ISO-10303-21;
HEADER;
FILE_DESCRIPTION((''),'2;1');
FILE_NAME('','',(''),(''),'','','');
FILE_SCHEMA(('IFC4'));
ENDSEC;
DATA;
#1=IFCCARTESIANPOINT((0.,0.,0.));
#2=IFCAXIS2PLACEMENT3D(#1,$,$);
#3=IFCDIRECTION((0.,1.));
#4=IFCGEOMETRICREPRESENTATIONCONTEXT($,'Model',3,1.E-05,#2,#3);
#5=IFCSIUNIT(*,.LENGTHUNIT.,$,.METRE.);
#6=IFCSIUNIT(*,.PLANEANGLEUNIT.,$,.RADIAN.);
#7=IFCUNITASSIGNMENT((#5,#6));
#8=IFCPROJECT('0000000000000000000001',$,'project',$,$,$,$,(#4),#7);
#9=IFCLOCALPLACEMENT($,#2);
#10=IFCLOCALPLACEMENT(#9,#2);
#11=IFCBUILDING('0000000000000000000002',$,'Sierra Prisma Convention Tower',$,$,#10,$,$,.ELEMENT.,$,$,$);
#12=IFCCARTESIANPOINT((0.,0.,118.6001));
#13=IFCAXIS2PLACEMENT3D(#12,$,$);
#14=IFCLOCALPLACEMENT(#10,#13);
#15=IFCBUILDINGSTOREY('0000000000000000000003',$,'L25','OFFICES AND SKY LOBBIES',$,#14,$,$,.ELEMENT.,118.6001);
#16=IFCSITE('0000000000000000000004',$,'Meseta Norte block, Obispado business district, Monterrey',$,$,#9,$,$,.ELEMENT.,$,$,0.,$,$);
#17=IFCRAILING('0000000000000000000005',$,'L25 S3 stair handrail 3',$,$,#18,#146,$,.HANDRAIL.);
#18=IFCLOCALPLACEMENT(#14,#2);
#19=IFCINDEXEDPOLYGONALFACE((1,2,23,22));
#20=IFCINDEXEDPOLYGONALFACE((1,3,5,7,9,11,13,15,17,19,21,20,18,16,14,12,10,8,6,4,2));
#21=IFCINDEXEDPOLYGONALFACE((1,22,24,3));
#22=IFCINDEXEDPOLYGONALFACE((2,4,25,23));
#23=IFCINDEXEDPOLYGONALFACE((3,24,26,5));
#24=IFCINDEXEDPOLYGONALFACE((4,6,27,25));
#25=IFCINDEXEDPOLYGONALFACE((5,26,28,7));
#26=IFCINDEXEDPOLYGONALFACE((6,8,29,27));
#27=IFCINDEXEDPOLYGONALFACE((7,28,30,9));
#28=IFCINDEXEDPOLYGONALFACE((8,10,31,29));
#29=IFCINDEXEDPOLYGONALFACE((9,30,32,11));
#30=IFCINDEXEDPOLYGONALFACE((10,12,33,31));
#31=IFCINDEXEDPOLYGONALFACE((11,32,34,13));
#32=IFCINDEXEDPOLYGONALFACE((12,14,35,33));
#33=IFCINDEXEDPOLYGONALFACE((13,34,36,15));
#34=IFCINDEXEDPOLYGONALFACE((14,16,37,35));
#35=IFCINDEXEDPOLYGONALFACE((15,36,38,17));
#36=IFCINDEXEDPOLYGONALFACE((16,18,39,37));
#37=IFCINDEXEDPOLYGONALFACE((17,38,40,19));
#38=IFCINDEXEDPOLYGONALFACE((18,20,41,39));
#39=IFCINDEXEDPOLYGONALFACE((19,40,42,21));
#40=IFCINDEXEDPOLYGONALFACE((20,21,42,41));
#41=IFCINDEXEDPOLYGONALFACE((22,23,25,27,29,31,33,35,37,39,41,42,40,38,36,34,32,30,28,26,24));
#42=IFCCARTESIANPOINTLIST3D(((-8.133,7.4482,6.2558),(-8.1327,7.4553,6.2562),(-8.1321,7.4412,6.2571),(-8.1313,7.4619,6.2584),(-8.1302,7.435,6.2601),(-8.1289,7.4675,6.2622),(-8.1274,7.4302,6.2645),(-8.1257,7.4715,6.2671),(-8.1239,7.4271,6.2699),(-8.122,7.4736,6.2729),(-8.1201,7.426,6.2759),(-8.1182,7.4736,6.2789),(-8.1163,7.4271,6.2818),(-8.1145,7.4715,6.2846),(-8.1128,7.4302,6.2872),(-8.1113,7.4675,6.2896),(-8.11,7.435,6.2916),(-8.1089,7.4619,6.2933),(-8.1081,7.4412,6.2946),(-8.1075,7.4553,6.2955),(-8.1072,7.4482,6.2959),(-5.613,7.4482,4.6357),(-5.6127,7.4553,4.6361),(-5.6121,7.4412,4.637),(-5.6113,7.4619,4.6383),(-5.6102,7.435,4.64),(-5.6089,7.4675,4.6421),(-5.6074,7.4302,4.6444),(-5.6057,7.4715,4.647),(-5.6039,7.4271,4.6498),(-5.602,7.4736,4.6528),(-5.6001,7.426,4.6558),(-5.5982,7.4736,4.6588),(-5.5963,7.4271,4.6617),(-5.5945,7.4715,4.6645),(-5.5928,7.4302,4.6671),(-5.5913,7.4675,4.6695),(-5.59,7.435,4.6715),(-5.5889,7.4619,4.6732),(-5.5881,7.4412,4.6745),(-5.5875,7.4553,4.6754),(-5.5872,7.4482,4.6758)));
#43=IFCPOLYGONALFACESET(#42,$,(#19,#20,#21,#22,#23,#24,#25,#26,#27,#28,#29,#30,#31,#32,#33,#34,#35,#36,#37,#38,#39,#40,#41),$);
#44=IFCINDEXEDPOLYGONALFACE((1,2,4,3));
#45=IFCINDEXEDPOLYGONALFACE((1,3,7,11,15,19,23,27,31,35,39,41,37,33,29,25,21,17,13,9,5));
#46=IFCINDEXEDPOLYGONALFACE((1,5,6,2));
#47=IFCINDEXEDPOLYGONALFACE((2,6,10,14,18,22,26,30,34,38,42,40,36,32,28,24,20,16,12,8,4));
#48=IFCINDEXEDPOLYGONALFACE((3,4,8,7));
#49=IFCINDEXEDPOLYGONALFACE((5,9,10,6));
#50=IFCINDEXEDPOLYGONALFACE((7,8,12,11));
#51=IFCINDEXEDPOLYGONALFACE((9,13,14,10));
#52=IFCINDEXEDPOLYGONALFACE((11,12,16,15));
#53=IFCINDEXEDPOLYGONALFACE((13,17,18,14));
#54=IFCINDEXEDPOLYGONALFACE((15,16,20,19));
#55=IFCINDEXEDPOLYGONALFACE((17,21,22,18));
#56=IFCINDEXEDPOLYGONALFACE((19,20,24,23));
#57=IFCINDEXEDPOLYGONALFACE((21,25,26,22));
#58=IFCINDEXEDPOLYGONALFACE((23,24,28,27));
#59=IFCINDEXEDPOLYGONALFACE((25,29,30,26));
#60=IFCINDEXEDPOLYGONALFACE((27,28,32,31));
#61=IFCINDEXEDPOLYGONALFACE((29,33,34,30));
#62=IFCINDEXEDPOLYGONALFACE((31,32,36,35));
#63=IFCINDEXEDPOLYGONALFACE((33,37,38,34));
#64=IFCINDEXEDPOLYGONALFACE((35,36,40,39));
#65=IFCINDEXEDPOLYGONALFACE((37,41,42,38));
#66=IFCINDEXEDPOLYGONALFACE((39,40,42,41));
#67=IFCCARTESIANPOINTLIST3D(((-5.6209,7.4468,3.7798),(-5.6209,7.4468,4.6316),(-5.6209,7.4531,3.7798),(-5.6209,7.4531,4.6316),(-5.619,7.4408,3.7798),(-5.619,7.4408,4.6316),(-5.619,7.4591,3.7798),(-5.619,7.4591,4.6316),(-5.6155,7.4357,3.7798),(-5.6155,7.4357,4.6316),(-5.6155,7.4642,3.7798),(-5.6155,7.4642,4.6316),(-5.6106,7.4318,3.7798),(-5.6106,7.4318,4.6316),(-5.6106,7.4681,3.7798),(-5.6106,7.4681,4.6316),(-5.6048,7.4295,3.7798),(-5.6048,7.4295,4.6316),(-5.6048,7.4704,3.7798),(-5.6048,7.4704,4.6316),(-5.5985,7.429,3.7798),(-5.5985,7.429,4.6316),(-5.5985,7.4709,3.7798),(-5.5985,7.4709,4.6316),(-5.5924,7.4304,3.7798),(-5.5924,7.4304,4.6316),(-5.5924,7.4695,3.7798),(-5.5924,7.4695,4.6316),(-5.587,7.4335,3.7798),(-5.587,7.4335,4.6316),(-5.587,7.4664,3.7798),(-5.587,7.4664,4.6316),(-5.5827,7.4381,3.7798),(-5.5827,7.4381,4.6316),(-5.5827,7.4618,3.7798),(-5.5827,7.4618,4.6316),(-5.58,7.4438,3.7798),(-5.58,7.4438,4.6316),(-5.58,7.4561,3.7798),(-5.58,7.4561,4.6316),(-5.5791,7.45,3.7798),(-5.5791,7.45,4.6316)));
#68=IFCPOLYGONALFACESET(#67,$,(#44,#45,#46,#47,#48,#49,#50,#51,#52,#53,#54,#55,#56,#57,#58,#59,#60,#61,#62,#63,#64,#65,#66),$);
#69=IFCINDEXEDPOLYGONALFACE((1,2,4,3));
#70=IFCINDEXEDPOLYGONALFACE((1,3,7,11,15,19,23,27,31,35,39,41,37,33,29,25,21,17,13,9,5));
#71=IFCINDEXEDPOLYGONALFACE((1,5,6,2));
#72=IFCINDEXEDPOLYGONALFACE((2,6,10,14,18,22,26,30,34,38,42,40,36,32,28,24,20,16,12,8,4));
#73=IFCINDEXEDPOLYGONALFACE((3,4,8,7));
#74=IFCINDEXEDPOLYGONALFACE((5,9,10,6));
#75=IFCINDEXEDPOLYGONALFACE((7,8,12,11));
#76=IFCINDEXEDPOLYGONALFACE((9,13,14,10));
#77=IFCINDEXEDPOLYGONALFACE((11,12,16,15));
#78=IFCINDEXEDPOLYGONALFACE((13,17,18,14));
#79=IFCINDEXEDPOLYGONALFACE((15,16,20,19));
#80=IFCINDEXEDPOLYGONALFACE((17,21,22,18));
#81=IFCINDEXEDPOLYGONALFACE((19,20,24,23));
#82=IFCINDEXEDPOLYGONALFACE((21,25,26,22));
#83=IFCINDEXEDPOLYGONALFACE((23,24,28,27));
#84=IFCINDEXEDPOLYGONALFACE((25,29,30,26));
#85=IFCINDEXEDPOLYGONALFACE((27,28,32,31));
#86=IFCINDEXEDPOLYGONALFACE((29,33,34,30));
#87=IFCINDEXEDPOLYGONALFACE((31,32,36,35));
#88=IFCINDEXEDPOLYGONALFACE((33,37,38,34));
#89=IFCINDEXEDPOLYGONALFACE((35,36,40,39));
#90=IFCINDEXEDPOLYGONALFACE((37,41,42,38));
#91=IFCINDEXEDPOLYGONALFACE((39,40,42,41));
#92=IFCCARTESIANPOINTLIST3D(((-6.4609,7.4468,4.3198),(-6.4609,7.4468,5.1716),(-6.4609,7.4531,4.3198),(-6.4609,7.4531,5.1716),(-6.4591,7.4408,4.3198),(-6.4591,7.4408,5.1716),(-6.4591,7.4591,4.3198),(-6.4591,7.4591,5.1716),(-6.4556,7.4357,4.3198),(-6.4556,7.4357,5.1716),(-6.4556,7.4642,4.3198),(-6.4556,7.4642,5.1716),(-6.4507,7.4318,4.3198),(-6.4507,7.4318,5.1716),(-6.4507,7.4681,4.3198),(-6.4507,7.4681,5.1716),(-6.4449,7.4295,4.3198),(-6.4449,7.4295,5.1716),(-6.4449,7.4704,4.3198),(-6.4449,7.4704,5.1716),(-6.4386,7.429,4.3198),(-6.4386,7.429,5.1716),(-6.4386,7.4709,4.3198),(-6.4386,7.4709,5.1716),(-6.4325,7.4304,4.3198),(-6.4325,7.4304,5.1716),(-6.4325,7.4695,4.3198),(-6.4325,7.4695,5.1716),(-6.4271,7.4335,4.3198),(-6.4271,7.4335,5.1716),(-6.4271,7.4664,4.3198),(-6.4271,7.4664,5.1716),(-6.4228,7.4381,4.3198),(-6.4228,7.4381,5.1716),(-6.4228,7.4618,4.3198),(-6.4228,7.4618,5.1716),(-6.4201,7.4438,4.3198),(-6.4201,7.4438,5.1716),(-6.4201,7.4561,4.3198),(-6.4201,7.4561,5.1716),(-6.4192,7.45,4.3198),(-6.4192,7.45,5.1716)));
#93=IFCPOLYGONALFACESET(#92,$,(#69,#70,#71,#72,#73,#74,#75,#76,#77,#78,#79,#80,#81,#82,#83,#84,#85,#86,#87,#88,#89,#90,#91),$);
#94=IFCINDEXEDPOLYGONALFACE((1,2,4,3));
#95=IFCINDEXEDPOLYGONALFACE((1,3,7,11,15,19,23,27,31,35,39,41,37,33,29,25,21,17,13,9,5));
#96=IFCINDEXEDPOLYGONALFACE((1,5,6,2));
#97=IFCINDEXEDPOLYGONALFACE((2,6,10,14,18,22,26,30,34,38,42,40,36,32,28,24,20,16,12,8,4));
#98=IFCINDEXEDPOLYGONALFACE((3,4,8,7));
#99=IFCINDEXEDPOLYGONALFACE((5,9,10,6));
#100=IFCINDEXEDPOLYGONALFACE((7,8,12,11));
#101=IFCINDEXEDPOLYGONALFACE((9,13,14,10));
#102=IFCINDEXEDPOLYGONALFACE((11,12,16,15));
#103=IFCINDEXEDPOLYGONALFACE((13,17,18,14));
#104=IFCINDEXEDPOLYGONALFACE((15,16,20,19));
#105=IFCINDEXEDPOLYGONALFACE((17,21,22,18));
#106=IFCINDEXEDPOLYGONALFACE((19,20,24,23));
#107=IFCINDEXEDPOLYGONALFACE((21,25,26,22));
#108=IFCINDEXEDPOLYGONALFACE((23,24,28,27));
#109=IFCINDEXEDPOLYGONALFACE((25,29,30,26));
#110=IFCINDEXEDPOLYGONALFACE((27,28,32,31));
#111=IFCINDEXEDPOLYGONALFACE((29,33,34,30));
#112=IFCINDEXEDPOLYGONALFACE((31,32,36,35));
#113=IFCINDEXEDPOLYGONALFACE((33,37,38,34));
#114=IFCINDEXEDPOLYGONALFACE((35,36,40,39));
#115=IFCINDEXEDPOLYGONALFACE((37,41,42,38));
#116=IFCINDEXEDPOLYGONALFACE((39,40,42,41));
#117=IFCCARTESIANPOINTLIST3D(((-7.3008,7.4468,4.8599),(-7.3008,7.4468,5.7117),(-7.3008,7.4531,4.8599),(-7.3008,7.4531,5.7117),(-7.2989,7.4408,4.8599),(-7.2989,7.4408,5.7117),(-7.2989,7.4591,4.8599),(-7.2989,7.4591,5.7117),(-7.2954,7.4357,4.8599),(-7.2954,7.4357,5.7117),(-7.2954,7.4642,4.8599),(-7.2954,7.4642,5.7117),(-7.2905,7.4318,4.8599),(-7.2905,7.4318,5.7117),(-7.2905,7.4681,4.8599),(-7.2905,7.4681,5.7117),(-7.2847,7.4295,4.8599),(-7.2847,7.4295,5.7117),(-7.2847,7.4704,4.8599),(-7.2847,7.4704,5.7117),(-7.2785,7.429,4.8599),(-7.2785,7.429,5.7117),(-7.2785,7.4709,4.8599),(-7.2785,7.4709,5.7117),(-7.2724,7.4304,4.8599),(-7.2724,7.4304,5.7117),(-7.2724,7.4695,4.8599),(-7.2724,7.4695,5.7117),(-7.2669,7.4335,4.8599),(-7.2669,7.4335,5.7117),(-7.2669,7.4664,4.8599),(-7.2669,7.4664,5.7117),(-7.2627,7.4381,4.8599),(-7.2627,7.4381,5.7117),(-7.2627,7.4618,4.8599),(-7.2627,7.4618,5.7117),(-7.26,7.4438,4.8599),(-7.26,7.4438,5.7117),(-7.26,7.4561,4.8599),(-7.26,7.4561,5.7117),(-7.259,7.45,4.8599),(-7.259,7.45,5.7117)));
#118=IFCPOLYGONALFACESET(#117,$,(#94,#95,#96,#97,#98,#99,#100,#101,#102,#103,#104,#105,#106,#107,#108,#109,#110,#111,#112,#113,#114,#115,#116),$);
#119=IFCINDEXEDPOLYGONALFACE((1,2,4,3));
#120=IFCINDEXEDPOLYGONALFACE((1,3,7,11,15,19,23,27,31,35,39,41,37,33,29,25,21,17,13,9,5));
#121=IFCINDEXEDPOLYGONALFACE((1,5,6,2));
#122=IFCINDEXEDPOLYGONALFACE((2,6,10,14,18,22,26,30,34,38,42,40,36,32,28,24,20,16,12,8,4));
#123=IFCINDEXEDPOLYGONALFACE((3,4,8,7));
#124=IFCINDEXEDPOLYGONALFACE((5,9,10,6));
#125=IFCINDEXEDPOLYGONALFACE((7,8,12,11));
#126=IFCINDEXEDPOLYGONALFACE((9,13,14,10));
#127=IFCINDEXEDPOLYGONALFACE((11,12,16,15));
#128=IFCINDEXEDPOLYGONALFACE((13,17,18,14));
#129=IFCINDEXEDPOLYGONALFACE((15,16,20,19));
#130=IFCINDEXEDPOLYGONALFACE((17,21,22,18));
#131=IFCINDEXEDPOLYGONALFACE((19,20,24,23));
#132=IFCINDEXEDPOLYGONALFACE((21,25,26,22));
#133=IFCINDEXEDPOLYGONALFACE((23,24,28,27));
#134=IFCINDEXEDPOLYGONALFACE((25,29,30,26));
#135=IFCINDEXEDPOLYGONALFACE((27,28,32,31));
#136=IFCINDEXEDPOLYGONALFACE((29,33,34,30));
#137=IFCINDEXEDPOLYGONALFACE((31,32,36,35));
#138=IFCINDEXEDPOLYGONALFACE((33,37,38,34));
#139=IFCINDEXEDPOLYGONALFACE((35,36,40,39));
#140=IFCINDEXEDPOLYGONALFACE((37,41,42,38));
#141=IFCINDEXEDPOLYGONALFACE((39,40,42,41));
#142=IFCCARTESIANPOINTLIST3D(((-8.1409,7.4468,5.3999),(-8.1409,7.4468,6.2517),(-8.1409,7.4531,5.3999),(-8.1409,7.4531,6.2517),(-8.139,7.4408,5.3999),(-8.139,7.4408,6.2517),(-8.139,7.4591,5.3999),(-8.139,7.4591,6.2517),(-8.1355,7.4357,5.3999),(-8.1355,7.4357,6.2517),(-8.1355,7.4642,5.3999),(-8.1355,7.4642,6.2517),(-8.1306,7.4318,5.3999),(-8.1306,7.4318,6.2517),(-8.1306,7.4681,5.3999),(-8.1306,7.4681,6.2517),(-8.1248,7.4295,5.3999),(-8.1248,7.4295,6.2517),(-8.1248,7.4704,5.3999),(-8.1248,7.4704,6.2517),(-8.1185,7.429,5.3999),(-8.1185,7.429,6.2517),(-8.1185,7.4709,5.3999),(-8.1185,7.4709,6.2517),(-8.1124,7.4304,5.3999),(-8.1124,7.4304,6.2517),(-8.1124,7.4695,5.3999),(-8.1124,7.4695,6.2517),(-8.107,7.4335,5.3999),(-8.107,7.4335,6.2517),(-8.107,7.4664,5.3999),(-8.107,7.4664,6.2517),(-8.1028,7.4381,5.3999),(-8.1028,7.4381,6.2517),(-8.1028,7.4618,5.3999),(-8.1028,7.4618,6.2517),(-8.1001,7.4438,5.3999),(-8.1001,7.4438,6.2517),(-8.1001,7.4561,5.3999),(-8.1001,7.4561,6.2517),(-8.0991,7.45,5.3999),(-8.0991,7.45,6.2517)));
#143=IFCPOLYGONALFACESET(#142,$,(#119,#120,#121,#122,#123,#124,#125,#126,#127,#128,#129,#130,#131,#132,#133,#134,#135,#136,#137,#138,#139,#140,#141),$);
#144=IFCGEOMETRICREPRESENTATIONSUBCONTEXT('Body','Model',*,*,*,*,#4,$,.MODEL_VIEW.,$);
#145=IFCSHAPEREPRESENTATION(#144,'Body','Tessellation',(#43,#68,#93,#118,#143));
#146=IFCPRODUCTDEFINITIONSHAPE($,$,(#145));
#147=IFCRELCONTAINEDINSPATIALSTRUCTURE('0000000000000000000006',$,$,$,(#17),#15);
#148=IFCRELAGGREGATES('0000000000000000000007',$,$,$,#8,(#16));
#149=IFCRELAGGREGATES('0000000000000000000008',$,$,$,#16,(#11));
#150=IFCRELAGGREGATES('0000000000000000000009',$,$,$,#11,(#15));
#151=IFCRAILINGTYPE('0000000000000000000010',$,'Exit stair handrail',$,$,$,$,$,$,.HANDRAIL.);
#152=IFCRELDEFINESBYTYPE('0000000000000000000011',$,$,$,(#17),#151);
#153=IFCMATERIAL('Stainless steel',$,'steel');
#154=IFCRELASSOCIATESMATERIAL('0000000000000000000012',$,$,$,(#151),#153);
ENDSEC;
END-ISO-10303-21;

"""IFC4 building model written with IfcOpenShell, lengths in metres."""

from ifc_helpers import new_model, si_unit, direction, frame, origin, origin_2d, place, context, subcontext, project, spatial, circle, extrude, material, type_object, element, save


model = new_model("IFC4")

# Units and contexts
model_context = context("Model", 3, precision=1e-05, world=origin(), true_north=direction((0.0, 1.0)))
body_context = subcontext(model_context, "Body", "Model", "MODEL_VIEW")
ifc_project = project(units=[si_unit("LENGTHUNIT", "METRE"), si_unit("PLANEANGLEUNIT", "RADIAN")], contexts=[model_context])

# Site, building, storey
site_placement = place(None, origin())
site = spatial("IfcSite", under=ifc_project, at=site_placement, Name="Meseta Norte block, Obispado business district, Monterrey", CompositionType="ELEMENT", RefElevation=0.0)
building_placement = place(site_placement, origin())
building = spatial("IfcBuilding", under=site, at=building_placement, Name="Sierra Prisma Convention Tower", CompositionType="ELEMENT")
storey_placement = place(building_placement, frame((0.0, 0.0, 118.6001)))
storey = spatial("IfcBuildingStorey", under=building, at=storey_placement, Name="L25", Description="OFFICES AND SKY LOBBIES", CompositionType="ELEMENT", Elevation=118.6001)

# Railing
ifc_material_1 = material(Name="Stainless steel", Category="steel")
railing_type = type_object("IfcRailingType", Name="Exit stair handrail", PredefinedType="HANDRAIL", material=ifc_material_1)
railing_placement = place(storey_placement, frame((-5.6001, 7.45, 3.7798)))
element("IfcRailing", 1, at=railing_placement, inside=storey, type_object=railing_type, Name="L25 S3 stair handrail 3", PredefinedType="HANDRAIL", context=body_context, shape_type="SweptSolid", body=[
    extrude(circle(Radius=0.0239, at=origin_2d()), frame((0.0, 0.0, 0.876), z_axis=(-0.841163, 0.0, 0.540782), x_axis=(0.0, -1.0, 0.0)), (0.0, 0.0, 1.0), 2.9958),
    extrude(circle(Radius=0.021, at=origin_2d()), origin(), (0.0, 0.0, 1.0), 0.8518),
    extrude(circle(Radius=0.021, at=origin_2d()), frame((-0.8401, 0.0, 0.54)), (0.0, 0.0, 1.0), 0.8518),
    extrude(circle(Radius=0.021, at=origin_2d()), frame((-1.6799, 0.0, 1.0801)), (0.0, 0.0, 1.0), 0.8518),
    extrude(circle(Radius=0.021, at=origin_2d()), frame((-2.52, 0.0, 1.6201)), (0.0, 0.0, 1.0), 0.8518),
])

save(model, "model.ifc")
